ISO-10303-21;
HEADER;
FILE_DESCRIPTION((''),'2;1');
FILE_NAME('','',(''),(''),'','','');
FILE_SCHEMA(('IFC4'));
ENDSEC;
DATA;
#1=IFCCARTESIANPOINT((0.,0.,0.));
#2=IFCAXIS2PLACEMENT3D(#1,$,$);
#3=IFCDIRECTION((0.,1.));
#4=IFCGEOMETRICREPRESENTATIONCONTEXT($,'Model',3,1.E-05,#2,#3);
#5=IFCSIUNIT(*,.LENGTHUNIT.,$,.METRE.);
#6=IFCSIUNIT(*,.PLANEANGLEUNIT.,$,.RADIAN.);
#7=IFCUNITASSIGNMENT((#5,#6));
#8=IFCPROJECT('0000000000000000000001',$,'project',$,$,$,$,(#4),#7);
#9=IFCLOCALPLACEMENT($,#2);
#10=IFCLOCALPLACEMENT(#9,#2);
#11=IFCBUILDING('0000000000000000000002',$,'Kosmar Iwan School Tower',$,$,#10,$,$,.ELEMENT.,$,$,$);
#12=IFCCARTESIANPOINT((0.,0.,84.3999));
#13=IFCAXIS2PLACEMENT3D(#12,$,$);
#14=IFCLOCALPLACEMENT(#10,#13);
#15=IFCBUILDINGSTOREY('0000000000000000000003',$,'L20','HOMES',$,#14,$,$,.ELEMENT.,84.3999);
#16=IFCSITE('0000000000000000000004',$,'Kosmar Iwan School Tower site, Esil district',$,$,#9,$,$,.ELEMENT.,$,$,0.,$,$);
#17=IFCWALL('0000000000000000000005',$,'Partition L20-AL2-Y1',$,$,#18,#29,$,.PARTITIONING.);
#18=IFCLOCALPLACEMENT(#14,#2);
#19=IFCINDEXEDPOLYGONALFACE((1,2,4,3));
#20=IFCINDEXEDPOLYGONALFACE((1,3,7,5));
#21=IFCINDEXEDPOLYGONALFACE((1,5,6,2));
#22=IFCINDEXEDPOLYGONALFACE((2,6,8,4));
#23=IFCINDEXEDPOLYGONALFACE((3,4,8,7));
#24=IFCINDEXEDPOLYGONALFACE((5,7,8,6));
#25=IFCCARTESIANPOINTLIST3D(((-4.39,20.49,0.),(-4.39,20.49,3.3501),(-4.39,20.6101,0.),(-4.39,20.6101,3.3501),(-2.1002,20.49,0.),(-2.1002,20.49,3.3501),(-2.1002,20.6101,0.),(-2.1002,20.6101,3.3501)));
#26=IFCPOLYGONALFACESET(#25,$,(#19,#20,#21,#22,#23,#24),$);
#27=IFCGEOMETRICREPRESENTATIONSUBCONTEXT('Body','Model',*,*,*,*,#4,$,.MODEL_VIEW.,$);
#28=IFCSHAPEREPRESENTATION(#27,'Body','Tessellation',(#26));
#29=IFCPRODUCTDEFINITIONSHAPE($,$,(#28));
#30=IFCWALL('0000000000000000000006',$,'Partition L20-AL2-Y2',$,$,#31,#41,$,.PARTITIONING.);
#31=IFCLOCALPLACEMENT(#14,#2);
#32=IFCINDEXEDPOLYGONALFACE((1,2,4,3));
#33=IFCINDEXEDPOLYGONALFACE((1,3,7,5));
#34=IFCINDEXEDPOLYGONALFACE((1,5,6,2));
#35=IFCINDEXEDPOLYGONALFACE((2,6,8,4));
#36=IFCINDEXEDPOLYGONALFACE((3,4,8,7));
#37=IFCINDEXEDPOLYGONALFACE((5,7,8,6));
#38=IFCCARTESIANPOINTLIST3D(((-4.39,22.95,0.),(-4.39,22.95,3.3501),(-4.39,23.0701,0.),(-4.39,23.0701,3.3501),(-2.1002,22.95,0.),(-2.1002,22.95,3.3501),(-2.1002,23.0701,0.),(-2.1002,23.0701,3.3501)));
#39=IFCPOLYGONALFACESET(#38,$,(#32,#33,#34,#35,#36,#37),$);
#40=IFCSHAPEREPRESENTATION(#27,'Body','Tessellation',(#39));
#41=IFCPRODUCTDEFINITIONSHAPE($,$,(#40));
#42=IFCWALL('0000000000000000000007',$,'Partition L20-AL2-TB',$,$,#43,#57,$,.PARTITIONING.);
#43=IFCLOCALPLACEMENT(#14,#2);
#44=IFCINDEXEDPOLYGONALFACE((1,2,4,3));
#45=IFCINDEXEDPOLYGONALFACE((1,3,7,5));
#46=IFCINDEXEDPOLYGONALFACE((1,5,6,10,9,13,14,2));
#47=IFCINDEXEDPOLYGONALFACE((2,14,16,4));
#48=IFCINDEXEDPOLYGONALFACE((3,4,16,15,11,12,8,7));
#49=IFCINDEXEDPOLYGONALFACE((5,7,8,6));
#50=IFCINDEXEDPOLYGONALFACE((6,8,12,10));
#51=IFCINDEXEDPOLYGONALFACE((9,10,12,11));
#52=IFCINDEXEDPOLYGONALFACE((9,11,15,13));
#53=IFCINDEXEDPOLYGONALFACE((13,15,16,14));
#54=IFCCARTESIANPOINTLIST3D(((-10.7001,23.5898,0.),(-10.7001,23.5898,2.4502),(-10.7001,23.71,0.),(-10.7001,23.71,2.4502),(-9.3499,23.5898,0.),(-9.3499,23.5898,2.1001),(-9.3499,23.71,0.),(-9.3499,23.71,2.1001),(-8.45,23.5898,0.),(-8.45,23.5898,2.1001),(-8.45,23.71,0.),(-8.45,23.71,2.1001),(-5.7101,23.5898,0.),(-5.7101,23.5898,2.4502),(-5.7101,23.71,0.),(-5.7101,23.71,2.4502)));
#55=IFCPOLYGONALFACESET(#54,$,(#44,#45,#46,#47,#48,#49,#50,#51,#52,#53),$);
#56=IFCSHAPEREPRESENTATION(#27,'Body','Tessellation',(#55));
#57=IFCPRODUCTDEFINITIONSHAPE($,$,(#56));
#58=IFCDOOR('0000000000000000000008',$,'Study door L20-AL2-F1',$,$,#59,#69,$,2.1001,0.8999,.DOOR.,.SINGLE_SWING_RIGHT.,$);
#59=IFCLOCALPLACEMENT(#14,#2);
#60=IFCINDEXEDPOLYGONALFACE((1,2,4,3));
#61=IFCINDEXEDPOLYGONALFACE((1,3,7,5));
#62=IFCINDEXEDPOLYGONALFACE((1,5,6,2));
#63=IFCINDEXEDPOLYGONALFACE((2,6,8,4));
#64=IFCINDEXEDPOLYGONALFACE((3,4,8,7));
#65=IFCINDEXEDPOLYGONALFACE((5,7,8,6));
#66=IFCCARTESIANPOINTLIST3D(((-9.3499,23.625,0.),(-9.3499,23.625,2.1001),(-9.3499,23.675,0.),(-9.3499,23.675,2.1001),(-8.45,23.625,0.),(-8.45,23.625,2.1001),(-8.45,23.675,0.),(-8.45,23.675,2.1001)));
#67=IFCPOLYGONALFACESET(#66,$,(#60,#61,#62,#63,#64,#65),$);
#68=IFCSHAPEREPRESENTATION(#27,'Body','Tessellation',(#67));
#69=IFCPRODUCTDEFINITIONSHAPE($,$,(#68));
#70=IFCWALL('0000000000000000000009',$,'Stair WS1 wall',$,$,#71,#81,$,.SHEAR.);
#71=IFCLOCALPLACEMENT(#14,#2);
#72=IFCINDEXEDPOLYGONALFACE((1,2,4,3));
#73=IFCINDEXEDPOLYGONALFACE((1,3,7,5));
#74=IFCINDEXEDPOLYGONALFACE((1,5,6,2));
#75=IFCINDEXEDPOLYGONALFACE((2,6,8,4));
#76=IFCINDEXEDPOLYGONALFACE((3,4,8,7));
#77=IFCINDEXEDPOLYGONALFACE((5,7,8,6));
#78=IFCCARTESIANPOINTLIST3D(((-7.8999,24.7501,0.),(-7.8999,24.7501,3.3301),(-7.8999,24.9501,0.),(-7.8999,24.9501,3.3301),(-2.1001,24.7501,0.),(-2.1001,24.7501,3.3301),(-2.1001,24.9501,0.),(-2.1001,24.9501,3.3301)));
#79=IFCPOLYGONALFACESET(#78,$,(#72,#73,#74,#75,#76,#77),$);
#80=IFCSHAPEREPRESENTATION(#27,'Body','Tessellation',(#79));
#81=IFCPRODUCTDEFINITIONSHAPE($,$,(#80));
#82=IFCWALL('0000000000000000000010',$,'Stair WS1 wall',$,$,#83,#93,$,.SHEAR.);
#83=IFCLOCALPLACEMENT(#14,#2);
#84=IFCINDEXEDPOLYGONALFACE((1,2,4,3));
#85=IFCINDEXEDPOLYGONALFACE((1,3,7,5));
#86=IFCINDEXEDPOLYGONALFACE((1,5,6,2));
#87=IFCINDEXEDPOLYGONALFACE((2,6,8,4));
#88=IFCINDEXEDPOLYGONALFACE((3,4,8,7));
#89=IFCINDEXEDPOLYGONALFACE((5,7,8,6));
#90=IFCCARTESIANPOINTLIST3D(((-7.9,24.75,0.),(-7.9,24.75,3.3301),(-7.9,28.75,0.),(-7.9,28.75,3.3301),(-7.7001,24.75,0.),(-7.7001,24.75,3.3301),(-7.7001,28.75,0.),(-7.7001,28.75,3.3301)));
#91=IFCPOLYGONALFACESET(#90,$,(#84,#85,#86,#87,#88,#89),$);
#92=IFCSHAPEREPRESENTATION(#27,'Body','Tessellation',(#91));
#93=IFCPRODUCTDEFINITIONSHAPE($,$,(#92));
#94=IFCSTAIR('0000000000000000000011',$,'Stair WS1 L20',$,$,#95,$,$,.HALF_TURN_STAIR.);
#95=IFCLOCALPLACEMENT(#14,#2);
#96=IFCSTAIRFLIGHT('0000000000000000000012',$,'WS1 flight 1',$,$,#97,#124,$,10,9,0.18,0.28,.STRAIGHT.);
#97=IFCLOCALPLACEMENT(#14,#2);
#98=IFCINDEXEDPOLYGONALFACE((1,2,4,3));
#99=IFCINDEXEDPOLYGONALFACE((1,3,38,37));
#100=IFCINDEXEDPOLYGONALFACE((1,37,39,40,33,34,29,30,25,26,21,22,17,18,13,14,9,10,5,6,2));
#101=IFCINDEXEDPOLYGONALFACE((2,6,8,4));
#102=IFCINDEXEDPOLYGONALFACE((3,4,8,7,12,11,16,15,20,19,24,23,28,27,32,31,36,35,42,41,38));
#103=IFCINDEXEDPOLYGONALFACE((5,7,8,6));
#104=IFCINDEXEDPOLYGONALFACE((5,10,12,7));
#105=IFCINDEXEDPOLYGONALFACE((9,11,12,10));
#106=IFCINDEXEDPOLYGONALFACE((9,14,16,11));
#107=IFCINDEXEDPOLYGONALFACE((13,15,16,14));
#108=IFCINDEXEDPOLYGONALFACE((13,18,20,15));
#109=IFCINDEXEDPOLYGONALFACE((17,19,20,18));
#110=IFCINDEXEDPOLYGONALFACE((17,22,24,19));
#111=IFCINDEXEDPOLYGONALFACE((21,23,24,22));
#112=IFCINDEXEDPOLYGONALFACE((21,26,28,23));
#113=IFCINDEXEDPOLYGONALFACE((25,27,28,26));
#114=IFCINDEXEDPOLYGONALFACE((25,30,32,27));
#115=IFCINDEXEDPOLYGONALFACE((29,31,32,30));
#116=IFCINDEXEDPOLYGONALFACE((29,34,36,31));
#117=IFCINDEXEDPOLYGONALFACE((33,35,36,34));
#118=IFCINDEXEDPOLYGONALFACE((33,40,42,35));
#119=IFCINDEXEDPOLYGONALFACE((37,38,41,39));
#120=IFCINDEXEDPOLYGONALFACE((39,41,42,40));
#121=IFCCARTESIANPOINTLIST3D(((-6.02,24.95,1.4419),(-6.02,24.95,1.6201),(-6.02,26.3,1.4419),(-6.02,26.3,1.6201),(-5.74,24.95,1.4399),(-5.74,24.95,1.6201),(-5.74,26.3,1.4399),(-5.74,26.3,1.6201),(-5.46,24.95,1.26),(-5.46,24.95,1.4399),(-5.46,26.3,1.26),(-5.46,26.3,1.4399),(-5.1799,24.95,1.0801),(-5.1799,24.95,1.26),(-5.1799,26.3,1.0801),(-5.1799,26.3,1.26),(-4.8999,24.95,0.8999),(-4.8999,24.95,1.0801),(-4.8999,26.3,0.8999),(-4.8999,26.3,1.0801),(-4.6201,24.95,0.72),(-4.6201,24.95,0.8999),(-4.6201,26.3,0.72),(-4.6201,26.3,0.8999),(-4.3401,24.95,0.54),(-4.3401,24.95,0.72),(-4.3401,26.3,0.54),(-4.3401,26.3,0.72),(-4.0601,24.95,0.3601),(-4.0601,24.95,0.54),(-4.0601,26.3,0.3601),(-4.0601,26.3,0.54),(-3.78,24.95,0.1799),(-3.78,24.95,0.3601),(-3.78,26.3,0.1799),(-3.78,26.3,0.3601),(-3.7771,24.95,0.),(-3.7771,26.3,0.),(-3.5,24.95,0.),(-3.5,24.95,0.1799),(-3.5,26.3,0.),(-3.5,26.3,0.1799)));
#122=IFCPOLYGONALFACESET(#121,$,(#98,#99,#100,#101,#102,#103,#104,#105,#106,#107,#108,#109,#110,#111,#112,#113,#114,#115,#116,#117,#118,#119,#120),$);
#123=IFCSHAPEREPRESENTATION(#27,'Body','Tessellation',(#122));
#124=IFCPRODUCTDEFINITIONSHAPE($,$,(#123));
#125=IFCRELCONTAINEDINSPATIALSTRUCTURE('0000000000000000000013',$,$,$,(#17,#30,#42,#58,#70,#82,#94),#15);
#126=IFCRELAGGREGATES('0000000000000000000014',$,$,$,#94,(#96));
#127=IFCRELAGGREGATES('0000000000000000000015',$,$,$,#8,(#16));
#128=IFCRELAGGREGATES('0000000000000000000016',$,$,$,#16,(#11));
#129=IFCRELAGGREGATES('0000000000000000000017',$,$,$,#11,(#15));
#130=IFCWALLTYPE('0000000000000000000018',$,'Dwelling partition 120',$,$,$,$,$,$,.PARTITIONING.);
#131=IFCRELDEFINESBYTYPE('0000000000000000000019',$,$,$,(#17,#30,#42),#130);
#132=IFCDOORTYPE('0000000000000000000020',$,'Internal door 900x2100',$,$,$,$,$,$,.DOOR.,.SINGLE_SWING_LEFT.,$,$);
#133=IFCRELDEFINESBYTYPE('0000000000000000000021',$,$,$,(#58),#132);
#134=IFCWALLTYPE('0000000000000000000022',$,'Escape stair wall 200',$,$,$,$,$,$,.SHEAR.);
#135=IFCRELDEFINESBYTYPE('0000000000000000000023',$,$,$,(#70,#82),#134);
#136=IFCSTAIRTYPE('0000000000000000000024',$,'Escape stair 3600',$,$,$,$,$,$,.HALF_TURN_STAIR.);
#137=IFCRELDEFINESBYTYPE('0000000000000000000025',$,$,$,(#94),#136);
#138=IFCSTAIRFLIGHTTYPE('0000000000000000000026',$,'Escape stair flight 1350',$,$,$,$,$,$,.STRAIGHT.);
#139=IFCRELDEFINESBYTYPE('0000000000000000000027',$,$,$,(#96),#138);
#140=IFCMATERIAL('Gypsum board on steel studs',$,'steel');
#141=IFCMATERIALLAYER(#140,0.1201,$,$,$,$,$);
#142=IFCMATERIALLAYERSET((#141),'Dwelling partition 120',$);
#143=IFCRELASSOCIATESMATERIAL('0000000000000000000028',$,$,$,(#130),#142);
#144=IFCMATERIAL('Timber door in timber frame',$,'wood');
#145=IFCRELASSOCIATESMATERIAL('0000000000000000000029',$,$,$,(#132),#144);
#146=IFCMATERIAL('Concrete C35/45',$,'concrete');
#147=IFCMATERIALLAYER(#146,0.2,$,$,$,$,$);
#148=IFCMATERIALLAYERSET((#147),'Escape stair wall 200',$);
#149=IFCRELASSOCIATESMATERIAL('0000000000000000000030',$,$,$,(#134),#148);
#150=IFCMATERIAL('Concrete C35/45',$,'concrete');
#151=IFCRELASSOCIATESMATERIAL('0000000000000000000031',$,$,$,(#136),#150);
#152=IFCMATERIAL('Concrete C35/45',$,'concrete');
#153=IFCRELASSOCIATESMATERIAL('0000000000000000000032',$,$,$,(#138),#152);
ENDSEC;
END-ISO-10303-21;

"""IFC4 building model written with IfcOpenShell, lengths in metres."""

from ifc_helpers import new_model, si_unit, direction, frame, frame_2d, origin, place, context, subcontext, project, spatial, polyline, rectangle, outline, extrude, material, layer, layer_set, type_object, element, fill, aggregate, save


model = new_model("IFC4")

# Units and contexts
model_context = context("Model", 3, precision=1e-05, world=origin(), true_north=direction((0.0, 1.0)))
body_context = subcontext(model_context, "Body", "Model", "MODEL_VIEW")
ifc_project = project(units=[si_unit("LENGTHUNIT", "METRE"), si_unit("PLANEANGLEUNIT", "RADIAN")], contexts=[model_context])

# Site, building, storey
site_placement = place(None, origin())
site = spatial("IfcSite", under=ifc_project, at=site_placement, Name="Kosmar Iwan School Tower site, Esil district", CompositionType="ELEMENT", RefElevation=0.0)
building_placement = place(site_placement, origin())
building = spatial("IfcBuilding", under=site, at=building_placement, Name="Kosmar Iwan School Tower", CompositionType="ELEMENT")
storey_placement = place(building_placement, frame((0.0, 0.0, 84.3999)))
storey = spatial("IfcBuildingStorey", under=building, at=storey_placement, Name="L20", Description="HOMES", CompositionType="ELEMENT", Elevation=84.3999)

# Shared definitions
ifc_material_1 = material(Name="Gypsum board on steel studs", Category="steel")
ifc_layer_1 = layer(ifc_material_1, 0.1201)
ifc_layer_set_1 = layer_set([ifc_layer_1], Name="Dwelling partition 120")
wall_type_1 = type_object("IfcWallType", Name="Dwelling partition 120", PredefinedType="PARTITIONING", material=ifc_layer_set_1)
ifc_material_2 = material(Name="Timber door in timber frame", Category="wood")
door_type_1 = type_object("IfcDoorType", Name="Internal door 900x2100", OperationType="SINGLE_SWING_LEFT", PredefinedType="DOOR", material=ifc_material_2)

# Walls
for number, where, z_axis, x_axis, name in (
    (1, (-2.1001, 20.55, 0.0), (0.0, 0.0, 1.0), (-1.0, 0.0, 0.0), "Partition L20-AL2-Y1"),
    (2, (-2.1001, 23.01, 0.0), (0.0, 0.0, 1.0), (-1.0, 0.0, 0.0), "Partition L20-AL2-Y2"),
):
    element("IfcWall", number, at=place(storey_placement, frame(where, z_axis=z_axis, x_axis=x_axis)), inside=storey, type_object=wall_type_1, Name=name, PredefinedType="PARTITIONING", context=body_context, shape_type="SweptSolid", body=[
        extrude(rectangle(XDim=2.2898, YDim=0.1201, at=frame_2d((1.145, 0.0))), origin(), (0.0, 0.0, 1.0), 3.3501),
    ])

# Wall, opening, door
wall_1_placement = place(storey_placement, frame((-5.71, 23.6499, 0.0), z_axis=(0.0, 0.0, 1.0), x_axis=(-1.0, 0.0, 0.0)))
wall_1 = element("IfcWall", 3, at=wall_1_placement, inside=storey, type_object=wall_type_1, Name="Partition L20-AL2-TB", PredefinedType="PARTITIONING", context=body_context, shape_type="SweptSolid", body=[
    extrude(rectangle(XDim=4.99, YDim=0.1201, at=frame_2d((2.4951, 0.0))), origin(), (0.0, 0.0, 1.0), 2.4502),
])
opening_1_placement = place(wall_1_placement, frame((2.74, 0.0, 0.0)))
opening_1 = element("IfcOpeningElement", 4, at=opening_1_placement, cuts=wall_1, PredefinedType="OPENING", context=body_context, shape_type="SweptSolid", body=[
    extrude(rectangle(XDim=0.8999, YDim=2.1001, at=frame_2d((0.45, 1.05))), frame((0.0, 0.072, 0.0), z_axis=(0.0, -1.0, 0.0), x_axis=(1.0, 0.0, 0.0)), (0.0, 0.0, 1.0), 0.144),
])
door_1_placement = place(opening_1_placement, origin())
door_1 = element("IfcDoor", 5, at=door_1_placement, inside=storey, type_object=door_type_1, Name="Study door L20-AL2-F1", OperationType="SINGLE_SWING_RIGHT", OverallHeight=2.1001, OverallWidth=0.8999, PredefinedType="DOOR", context=body_context, shape_type="SweptSolid", body=[
    extrude(rectangle(XDim=0.8999, YDim=2.1001, at=frame_2d((0.45, 1.05))), frame((0.0, 0.0249, 0.0), z_axis=(0.0, -1.0, 0.0), x_axis=(1.0, 0.0, 0.0)), (0.0, 0.0, 1.0), 0.05),
])
fill(opening_1, door_1)

# Walls
ifc_material_3 = material(Name="Concrete C35/45", Category="concrete")
ifc_layer_2 = layer(ifc_material_3, 0.2)
ifc_layer_set_2 = layer_set([ifc_layer_2], Name="Escape stair wall 200")
wall_type_2 = type_object("IfcWallType", Name="Escape stair wall 200", PredefinedType="SHEAR", material=ifc_layer_set_2)
wall_2_placement = place(storey_placement, frame((-2.1001, 24.8501, 0.0), z_axis=(0.0, 0.0, 1.0), x_axis=(-1.0, 0.0, 0.0)))
element("IfcWall", 6, at=wall_2_placement, inside=storey, type_object=wall_type_2, Name="Stair WS1 wall", PredefinedType="SHEAR", context=body_context, shape_type="SweptSolid", body=[
    extrude(rectangle(XDim=5.7998, YDim=0.2, at=frame_2d((2.8999, 0.0))), origin(), (0.0, 0.0, 1.0), 3.3301),
])
wall_3_placement = place(storey_placement, frame((-7.8, 24.75, 0.0), z_axis=(0.0, 0.0, 1.0), x_axis=(0.0, 1.0, 0.0)))
element("IfcWall", 7, at=wall_3_placement, inside=storey, type_object=wall_type_2, Name="Stair WS1 wall", PredefinedType="SHEAR", context=body_context, shape_type="SweptSolid", body=[
    extrude(rectangle(XDim=4.0, YDim=0.2, at=frame_2d((2.0, 0.0))), origin(), (0.0, 0.0, 1.0), 3.3301),
])

# Stair, stair flight
ifc_material_4 = material(Name="Concrete C35/45", Category="concrete")
stair_type = type_object("IfcStairType", Name="Escape stair 3600", PredefinedType="HALF_TURN_STAIR", material=ifc_material_4)
stair_placement = place(storey_placement, origin())
stair = element("IfcStair", 8, at=stair_placement, inside=storey, type_object=stair_type, Name="Stair WS1 L20", PredefinedType="HALF_TURN_STAIR")
ifc_material_5 = material(Name="Concrete C35/45", Category="concrete")
stair_flight_type = type_object("IfcStairFlightType", Name="Escape stair flight 1350", PredefinedType="STRAIGHT", material=ifc_material_5)
stair_flight_placement = place(storey_placement, frame((-3.5, 25.625, 0.0), z_axis=(0.0, 0.0, 1.0), x_axis=(-1.0, 0.0, 0.0)))
stair_flight = element("IfcStairFlight", 9, at=stair_flight_placement, type_object=stair_flight_type, Name="WS1 flight 1", NumberOfRisers=10, NumberOfTreads=9, PredefinedType="STRAIGHT", RiserHeight=0.18, TreadLength=0.28, context=body_context, shape_type="SweptSolid", body=[
    extrude(outline(polyline([(0.0, 0.0), (0.0, 0.1799), (0.28, 0.1799), (0.28, 0.3601), (0.5601, 0.3601), (0.5601, 0.54), (0.8401, 0.54), (0.8401, 0.72), (1.1201, 0.72), (1.1201, 0.8999), (1.3999, 0.8999), (1.3999, 1.0801), (1.6799, 1.0801), (1.6799, 1.26), (1.96, 1.26), (1.96, 1.4399), (2.24, 1.4399), (2.24, 1.6201), (2.52, 1.6201), (2.52, 1.8), (2.52, 1.4419), (0.2771, 0.0), (0.0, 0.0)])), frame((0.0, 0.675, 0.0), z_axis=(0.0, -1.0, 0.0), x_axis=(1.0, 0.0, 0.0)), (0.0, 0.0, 1.0), 1.3501),
])
aggregate(stair, [stair_flight])

save(model, "model.ifc")
